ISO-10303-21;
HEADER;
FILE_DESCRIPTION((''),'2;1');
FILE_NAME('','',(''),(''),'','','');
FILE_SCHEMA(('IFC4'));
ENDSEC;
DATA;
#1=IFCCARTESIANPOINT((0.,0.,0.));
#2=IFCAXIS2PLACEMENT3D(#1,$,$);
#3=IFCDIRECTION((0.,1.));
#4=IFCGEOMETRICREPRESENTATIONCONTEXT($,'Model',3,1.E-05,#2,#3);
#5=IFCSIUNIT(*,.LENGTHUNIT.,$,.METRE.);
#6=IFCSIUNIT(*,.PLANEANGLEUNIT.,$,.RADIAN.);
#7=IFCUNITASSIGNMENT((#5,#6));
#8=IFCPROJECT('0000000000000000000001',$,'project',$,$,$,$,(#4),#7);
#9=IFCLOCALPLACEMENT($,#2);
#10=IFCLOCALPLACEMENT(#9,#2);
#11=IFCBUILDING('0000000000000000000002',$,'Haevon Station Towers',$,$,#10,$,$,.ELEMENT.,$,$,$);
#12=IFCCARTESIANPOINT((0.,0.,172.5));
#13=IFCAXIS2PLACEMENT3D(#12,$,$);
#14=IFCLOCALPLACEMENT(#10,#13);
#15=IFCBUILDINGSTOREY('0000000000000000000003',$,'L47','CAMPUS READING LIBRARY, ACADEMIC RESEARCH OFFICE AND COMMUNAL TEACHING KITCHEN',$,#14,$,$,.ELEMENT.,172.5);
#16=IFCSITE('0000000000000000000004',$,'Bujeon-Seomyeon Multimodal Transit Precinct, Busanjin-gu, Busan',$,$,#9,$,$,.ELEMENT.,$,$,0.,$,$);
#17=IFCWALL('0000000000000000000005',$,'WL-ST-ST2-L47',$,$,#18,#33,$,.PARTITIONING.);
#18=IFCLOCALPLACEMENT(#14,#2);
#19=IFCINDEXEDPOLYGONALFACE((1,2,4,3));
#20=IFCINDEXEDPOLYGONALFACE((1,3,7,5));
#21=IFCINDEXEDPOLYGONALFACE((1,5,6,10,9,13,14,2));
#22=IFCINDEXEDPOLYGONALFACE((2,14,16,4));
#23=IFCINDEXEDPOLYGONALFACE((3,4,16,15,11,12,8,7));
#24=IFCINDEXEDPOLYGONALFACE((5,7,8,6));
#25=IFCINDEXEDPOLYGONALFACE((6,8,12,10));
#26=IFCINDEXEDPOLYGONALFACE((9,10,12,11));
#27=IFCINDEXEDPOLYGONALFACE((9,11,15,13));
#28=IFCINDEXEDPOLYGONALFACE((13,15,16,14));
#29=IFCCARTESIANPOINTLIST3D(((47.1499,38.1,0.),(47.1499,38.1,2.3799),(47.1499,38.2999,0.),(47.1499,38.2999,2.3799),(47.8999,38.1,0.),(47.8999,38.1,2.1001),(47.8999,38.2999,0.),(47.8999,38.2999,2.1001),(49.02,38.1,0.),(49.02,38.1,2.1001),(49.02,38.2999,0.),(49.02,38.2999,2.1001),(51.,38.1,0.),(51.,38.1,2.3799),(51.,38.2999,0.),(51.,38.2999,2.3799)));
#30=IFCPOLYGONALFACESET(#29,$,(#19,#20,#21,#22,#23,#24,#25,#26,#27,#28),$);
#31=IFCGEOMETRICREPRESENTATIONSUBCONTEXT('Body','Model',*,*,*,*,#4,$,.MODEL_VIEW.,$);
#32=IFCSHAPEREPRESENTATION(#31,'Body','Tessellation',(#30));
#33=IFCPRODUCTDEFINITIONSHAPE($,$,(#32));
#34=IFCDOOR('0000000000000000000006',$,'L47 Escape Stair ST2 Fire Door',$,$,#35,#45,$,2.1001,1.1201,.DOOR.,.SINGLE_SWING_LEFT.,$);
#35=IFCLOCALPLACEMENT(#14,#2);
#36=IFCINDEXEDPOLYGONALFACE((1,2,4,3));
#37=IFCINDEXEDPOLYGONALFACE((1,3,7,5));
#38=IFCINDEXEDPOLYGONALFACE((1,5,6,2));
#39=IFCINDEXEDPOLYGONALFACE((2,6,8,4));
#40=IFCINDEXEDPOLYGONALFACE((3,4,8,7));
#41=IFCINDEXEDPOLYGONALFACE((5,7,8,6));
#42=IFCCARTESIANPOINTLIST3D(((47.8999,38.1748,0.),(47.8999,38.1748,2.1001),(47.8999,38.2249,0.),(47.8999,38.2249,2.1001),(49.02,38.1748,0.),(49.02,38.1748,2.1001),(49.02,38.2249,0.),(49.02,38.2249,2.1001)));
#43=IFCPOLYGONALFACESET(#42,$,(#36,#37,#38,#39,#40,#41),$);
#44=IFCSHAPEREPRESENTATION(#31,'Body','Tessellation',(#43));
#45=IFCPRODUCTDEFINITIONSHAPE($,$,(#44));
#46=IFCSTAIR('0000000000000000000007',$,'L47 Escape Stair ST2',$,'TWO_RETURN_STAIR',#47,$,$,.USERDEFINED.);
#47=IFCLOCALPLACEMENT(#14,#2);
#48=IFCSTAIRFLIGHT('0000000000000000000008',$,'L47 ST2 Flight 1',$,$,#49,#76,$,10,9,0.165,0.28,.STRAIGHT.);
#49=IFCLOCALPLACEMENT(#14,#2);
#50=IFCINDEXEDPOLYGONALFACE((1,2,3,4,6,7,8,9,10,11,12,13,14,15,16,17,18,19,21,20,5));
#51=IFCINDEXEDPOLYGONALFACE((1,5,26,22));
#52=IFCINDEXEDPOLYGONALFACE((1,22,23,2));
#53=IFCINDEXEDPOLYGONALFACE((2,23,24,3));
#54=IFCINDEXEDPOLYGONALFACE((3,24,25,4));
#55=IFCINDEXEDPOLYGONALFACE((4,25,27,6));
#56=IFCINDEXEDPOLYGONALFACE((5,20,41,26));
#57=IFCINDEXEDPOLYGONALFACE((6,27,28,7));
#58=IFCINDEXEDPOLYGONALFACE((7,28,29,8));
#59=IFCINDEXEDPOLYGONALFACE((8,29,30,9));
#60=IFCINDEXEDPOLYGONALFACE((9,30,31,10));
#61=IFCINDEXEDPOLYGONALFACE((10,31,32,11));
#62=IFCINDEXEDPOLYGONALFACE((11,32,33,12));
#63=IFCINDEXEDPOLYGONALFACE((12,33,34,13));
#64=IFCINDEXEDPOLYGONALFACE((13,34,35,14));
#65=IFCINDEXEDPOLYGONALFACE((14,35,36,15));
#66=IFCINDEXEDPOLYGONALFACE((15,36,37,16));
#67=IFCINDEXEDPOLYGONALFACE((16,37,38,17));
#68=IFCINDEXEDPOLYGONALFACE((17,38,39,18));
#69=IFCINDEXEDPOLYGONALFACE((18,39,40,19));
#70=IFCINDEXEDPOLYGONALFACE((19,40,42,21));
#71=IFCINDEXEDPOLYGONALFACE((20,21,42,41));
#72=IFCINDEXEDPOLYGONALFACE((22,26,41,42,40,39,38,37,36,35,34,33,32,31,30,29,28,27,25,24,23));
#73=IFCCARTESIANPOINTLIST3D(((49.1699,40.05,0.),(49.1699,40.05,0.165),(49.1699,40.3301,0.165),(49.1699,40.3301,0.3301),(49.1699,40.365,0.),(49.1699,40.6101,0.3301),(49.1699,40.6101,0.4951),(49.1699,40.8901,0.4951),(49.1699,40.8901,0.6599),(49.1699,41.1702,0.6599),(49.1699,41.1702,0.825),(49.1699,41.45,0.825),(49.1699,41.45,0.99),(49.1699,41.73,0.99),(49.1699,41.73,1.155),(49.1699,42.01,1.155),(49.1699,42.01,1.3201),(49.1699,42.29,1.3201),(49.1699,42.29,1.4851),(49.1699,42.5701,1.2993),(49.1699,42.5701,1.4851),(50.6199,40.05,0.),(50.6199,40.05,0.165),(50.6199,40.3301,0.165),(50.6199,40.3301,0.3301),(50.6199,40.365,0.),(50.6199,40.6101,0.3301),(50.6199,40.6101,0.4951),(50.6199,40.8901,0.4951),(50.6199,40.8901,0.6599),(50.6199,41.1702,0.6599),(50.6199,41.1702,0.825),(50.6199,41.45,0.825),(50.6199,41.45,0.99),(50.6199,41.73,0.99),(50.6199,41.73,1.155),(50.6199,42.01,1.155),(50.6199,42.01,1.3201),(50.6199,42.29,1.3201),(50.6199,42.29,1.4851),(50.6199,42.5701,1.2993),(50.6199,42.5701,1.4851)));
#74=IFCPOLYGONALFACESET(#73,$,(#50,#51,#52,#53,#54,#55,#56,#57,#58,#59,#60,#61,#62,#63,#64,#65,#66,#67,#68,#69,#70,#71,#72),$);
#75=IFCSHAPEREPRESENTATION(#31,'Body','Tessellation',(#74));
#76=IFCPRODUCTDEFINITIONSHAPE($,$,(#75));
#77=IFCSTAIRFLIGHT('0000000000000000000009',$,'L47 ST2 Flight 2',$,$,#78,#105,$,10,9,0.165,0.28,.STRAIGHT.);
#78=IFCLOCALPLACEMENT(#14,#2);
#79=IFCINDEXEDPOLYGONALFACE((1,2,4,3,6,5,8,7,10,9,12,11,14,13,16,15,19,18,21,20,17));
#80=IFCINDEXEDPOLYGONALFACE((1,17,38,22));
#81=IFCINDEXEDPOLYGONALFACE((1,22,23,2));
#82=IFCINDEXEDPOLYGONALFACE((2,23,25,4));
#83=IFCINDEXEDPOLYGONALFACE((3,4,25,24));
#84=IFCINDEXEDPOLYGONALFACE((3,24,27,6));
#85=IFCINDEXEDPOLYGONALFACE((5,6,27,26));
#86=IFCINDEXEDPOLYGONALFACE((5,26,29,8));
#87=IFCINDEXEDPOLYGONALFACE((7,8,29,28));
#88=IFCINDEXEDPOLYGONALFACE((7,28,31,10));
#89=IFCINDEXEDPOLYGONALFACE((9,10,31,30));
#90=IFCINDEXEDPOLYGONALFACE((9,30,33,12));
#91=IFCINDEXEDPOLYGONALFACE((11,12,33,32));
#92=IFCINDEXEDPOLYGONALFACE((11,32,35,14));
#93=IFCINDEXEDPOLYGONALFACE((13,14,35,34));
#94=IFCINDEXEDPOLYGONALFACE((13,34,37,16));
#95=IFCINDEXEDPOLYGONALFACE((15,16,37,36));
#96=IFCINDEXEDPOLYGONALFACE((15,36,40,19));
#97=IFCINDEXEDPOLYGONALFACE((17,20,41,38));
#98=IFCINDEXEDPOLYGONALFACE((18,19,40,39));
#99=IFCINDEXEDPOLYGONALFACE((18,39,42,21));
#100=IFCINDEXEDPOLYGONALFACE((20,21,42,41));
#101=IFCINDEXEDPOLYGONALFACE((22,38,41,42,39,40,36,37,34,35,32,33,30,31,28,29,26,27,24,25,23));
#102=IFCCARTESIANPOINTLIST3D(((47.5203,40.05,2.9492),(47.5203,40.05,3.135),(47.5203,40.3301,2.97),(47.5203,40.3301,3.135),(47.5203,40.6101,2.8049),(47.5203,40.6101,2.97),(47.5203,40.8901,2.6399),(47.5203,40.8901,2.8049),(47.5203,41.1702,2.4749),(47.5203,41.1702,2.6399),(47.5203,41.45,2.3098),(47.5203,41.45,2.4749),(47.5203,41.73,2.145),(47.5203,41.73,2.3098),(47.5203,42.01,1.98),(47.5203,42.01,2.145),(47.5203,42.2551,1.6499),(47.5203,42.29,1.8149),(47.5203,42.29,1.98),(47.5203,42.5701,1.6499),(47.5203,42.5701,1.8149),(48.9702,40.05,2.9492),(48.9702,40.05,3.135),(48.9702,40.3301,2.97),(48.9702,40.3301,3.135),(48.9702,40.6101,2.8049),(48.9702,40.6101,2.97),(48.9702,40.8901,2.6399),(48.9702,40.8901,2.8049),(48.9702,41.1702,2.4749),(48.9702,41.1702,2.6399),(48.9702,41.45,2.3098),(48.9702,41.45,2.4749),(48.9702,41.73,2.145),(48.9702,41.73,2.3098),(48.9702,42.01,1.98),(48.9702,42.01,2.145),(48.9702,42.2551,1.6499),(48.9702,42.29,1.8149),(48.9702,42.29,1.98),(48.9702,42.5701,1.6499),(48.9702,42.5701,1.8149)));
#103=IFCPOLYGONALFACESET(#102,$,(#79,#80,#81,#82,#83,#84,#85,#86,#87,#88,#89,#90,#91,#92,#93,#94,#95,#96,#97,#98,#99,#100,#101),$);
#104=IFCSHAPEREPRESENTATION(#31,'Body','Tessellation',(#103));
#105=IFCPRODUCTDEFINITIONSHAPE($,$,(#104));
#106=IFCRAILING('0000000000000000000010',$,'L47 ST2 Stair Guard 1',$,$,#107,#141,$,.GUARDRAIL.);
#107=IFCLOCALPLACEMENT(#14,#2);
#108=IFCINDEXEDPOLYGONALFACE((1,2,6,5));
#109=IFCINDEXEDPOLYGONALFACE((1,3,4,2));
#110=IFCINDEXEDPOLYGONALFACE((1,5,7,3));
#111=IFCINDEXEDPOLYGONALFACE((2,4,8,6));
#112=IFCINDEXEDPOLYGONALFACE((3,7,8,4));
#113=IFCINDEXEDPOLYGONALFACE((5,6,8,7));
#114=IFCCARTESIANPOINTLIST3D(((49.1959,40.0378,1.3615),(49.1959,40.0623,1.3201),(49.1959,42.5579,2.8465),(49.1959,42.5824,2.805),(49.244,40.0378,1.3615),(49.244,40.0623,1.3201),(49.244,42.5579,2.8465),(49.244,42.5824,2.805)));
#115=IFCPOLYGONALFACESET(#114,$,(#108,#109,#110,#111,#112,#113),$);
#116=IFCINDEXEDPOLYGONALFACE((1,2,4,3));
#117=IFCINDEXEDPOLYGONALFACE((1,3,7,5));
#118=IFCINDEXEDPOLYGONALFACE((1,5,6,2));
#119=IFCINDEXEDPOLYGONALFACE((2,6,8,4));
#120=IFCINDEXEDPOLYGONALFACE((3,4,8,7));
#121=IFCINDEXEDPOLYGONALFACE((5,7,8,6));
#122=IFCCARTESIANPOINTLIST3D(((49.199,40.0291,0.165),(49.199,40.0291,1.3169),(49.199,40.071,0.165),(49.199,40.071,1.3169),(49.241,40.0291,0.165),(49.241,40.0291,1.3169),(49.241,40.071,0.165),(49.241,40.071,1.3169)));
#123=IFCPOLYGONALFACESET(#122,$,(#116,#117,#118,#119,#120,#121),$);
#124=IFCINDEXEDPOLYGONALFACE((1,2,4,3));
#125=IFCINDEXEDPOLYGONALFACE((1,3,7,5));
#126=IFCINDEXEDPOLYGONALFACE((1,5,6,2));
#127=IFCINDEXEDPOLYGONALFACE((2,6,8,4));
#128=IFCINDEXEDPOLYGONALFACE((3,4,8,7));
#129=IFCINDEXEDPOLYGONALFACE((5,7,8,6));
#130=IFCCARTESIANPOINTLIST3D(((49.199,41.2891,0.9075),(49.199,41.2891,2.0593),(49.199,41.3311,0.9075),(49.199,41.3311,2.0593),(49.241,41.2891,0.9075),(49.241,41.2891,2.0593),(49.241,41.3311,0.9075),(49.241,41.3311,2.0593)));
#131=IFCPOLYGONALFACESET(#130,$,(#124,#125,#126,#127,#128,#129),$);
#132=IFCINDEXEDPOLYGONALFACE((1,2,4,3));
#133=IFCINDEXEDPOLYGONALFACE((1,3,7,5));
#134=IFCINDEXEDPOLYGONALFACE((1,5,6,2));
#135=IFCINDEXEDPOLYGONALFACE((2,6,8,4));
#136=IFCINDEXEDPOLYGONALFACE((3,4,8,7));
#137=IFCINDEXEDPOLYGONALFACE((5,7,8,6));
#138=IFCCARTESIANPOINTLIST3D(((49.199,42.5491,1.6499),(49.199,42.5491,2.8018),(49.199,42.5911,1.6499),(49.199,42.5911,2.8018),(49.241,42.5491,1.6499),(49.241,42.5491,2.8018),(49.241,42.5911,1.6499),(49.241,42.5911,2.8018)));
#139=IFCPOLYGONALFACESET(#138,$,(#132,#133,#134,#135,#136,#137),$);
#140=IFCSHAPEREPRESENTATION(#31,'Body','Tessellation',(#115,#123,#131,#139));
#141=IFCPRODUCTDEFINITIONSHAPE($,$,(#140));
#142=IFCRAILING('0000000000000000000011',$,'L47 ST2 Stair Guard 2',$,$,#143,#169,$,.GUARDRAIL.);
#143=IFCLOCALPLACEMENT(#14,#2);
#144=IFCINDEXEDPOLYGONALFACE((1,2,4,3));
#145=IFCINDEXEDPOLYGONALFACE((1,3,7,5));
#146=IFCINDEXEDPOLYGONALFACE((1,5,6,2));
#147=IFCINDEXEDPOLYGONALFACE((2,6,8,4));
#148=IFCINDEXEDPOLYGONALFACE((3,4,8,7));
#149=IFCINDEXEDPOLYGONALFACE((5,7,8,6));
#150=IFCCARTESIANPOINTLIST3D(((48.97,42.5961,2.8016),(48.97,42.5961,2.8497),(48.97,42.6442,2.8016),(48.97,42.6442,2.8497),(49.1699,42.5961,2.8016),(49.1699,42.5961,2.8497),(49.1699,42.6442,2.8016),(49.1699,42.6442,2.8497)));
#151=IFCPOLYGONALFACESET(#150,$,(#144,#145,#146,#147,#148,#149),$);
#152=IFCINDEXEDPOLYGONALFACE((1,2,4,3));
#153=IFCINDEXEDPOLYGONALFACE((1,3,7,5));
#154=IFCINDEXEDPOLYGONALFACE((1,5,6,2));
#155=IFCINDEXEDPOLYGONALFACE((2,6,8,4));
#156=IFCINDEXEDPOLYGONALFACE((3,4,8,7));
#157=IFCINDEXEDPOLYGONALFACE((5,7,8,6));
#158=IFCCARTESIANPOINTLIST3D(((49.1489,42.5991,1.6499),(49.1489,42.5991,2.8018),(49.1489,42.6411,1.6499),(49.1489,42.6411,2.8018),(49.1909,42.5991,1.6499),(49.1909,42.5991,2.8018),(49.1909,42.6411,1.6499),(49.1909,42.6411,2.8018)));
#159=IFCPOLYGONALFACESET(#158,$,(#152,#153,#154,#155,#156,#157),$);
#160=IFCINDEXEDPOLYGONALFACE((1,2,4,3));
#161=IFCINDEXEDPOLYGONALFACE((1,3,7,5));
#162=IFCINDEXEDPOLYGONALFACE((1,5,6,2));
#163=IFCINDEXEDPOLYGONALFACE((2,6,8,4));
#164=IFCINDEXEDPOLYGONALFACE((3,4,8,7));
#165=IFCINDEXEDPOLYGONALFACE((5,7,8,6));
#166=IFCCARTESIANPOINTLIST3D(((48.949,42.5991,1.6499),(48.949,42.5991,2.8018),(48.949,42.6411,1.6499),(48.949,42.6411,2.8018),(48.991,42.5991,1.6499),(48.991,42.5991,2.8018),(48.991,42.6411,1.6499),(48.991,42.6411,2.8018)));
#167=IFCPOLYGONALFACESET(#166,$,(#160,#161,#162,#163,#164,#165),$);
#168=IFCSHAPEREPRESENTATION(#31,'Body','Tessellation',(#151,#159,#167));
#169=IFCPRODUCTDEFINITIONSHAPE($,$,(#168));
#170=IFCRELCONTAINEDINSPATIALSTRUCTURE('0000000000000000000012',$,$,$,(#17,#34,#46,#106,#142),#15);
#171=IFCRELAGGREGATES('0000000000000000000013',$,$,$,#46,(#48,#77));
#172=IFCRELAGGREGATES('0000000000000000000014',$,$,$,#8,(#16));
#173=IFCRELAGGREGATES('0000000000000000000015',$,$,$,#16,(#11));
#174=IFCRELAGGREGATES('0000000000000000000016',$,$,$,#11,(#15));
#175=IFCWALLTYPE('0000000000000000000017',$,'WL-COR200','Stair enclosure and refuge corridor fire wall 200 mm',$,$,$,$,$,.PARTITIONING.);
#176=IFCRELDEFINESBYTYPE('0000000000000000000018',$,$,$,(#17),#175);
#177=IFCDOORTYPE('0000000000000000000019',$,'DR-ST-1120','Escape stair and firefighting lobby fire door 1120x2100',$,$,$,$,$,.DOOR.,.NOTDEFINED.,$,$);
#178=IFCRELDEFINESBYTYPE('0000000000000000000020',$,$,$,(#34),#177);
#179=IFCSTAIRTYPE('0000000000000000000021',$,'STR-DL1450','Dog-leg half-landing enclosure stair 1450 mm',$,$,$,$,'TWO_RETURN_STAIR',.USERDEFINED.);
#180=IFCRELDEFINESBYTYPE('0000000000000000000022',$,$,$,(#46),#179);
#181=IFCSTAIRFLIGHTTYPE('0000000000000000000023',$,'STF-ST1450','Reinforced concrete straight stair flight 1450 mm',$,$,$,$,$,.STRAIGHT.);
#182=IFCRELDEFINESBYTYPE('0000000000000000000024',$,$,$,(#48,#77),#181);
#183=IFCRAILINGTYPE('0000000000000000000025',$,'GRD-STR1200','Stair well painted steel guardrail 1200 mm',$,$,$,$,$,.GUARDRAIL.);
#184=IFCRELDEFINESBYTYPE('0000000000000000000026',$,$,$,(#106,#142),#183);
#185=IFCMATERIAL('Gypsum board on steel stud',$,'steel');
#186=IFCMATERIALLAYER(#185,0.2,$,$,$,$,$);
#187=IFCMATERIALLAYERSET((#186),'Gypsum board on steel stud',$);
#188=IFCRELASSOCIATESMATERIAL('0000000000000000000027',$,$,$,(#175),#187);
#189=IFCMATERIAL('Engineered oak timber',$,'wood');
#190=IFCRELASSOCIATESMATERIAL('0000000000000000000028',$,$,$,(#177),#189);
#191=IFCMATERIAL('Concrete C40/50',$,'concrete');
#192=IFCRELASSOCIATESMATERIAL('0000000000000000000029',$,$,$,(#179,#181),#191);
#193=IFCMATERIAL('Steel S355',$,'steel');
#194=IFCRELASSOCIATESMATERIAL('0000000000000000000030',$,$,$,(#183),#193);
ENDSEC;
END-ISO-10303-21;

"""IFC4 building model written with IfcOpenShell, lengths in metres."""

from ifc_helpers import new_model, si_unit, direction, frame, frame_2d, origin, origin_2d, place, context, subcontext, project, spatial, polyline, rectangle, outline, extrude, material, layer, layer_set, type_object, element, fill, aggregate, save


model = new_model("IFC4")

# Units and contexts
model_context = context("Model", 3, precision=1e-05, world=origin(), true_north=direction((0.0, 1.0)))
body_context = subcontext(model_context, "Body", "Model", "MODEL_VIEW")
ifc_project = project(units=[si_unit("LENGTHUNIT", "METRE"), si_unit("PLANEANGLEUNIT", "RADIAN")], contexts=[model_context])

# Site, building, storey
site_placement = place(None, origin())
site = spatial("IfcSite", under=ifc_project, at=site_placement, Name="Bujeon-Seomyeon Multimodal Transit Precinct, Busanjin-gu, Busan", CompositionType="ELEMENT", RefElevation=0.0)
building_placement = place(site_placement, origin())
building = spatial("IfcBuilding", under=site, at=building_placement, Name="Haevon Station Towers", CompositionType="ELEMENT")
storey_placement = place(building_placement, frame((0.0, 0.0, 172.5)))
storey = spatial("IfcBuildingStorey", under=building, at=storey_placement, Name="L47", Description="CAMPUS READING LIBRARY, ACADEMIC RESEARCH OFFICE AND COMMUNAL TEACHING KITCHEN", CompositionType="ELEMENT", Elevation=172.5)

# Shared definitions
ifc_material_1 = material(Name="Steel S355", Category="steel")

# Wall, opening, door
ifc_material_2 = material(Name="Gypsum board on steel stud", Category="steel")
ifc_layer = layer(ifc_material_2, 0.2)
ifc_layer_set = layer_set([ifc_layer], Name="Gypsum board on steel stud")
wall_type = type_object("IfcWallType", Name="WL-COR200", Description="Stair enclosure and refuge corridor fire wall 200 mm", PredefinedType="PARTITIONING", material=ifc_layer_set)
wall_placement = place(storey_placement, frame((47.1499, 38.2, 0.0), z_axis=(0.0, 0.0, 1.0), x_axis=(1.0, 0.0, 0.0)))
wall = element("IfcWall", 1, at=wall_placement, inside=storey, type_object=wall_type, Name="WL-ST-ST2-L47", PredefinedType="PARTITIONING", context=body_context, shape_type="SweptSolid", body=[
    extrude(rectangle(XDim=3.8501, YDim=0.2, at=frame_2d((1.925, 0.0))), origin(), (0.0, 0.0, 1.0), 2.3799),
])
opening_placement = place(wall_placement, frame((0.75, 0.0, 0.0)))
opening = element("IfcOpeningElement", 2, at=opening_placement, cuts=wall, PredefinedType="OPENING", context=body_context, shape_type="SweptSolid", body=[
    extrude(rectangle(XDim=1.1201, YDim=2.1001, at=frame_2d((0.5601, 1.05))), frame((0.0, 0.1099, 0.0), z_axis=(0.0, -1.0, 0.0), x_axis=(1.0, 0.0, 0.0)), (0.0, 0.0, 1.0), 0.22),
])
ifc_material_3 = material(Name="Engineered oak timber", Category="wood")
door_type = type_object("IfcDoorType", Name="DR-ST-1120", Description="Escape stair and firefighting lobby fire door 1120x2100", OperationType="NOTDEFINED", PredefinedType="DOOR", material=ifc_material_3)
door_placement = place(opening_placement, origin())
door = element("IfcDoor", 3, at=door_placement, inside=storey, type_object=door_type, Name="L47 Escape Stair ST2 Fire Door", OperationType="SINGLE_SWING_LEFT", OverallHeight=2.1001, OverallWidth=1.1201, PredefinedType="DOOR", context=body_context, shape_type="SweptSolid", body=[
    extrude(rectangle(XDim=1.1201, YDim=2.1001, at=frame_2d((0.5601, 1.05))), frame((0.0, 0.0249, 0.0), z_axis=(0.0, -1.0, 0.0), x_axis=(1.0, 0.0, 0.0)), (0.0, 0.0, 1.0), 0.05),
])
fill(opening, door)

# Stair, stair flights
ifc_material_4 = material(Name="Concrete C40/50", Category="concrete")
stair_type = type_object("IfcStairType", Name="STR-DL1450", Description="Dog-leg half-landing enclosure stair 1450 mm", ElementType="TWO_RETURN_STAIR", PredefinedType="USERDEFINED", material=ifc_material_4)
stair_placement = place(storey_placement, origin())
stair = element("IfcStair", 4, at=stair_placement, inside=storey, type_object=stair_type, Name="L47 Escape Stair ST2", ObjectType="TWO_RETURN_STAIR", PredefinedType="USERDEFINED")
stair_flight_type = type_object("IfcStairFlightType", Name="STF-ST1450", Description="Reinforced concrete straight stair flight 1450 mm", PredefinedType="STRAIGHT", material=ifc_material_4)
stair_flight_1_placement = place(storey_placement, frame((49.895, 40.05, 0.0), z_axis=(0.0, 0.0, 1.0), x_axis=(0.0, 1.0, 0.0)))
stair_flight_1 = element("IfcStairFlight", 5, at=stair_flight_1_placement, type_object=stair_flight_type, Name="L47 ST2 Flight 1", NumberOfRisers=10, NumberOfTreads=9, PredefinedType="STRAIGHT", RiserHeight=0.165, TreadLength=0.28, context=body_context, shape_type="SweptSolid", body=[
    extrude(outline(polyline([(0.0, 0.0), (0.0, 0.165), (0.28, 0.165), (0.28, 0.3301), (0.5601, 0.3301), (0.5601, 0.4951), (0.8401, 0.4951), (0.8401, 0.6599), (1.1201, 0.6599), (1.1201, 0.825), (1.3999, 0.825), (1.3999, 0.99), (1.6799, 0.99), (1.6799, 1.155), (1.96, 1.155), (1.96, 1.3201), (2.24, 1.3201), (2.24, 1.4851), (2.52, 1.4851), (2.52, 1.6499), (2.52, 1.2993), (0.3149, 0.0), (0.0, 0.0)])), frame((0.0, 0.7251, 0.0), z_axis=(0.0, -1.0, 0.0), x_axis=(1.0, 0.0, 0.0)), (0.0, 0.0, 1.0), 1.45),
])
stair_flight_2_placement = place(storey_placement, frame((48.2451, 42.5701, 1.6499), z_axis=(0.0, 0.0, 1.0), x_axis=(0.0, -1.0, 0.0)))
stair_flight_2 = element("IfcStairFlight", 6, at=stair_flight_2_placement, type_object=stair_flight_type, Name="L47 ST2 Flight 2", NumberOfRisers=10, NumberOfTreads=9, PredefinedType="STRAIGHT", RiserHeight=0.165, TreadLength=0.28, context=body_context, shape_type="SweptSolid", body=[
    extrude(outline(polyline([(0.0, 0.0), (0.0, 0.165), (0.28, 0.165), (0.28, 0.3301), (0.5601, 0.3301), (0.5601, 0.4951), (0.8401, 0.4951), (0.8401, 0.6599), (1.1201, 0.6599), (1.1201, 0.825), (1.3999, 0.825), (1.3999, 0.99), (1.6799, 0.99), (1.6799, 1.155), (1.96, 1.155), (1.96, 1.3201), (2.24, 1.3201), (2.24, 1.4851), (2.52, 1.4851), (2.52, 1.6499), (2.52, 1.2993), (0.3149, 0.0), (0.0, 0.0)])), frame((0.0, 0.7251, 0.0), z_axis=(0.0, -1.0, 0.0), x_axis=(1.0, 0.0, 0.0)), (0.0, 0.0, 1.0), 1.45),
])
aggregate(stair, [stair_flight_1, stair_flight_2])

# Railings
railing_type_1 = type_object("IfcRailingType", Name="GRD-STR1200", Description="Stair well painted steel guardrail 1200 mm", PredefinedType="GUARDRAIL", material=ifc_material_1)
railing_1_placement = place(storey_placement, frame((49.22, 40.05, 0.165)))
element("IfcRailing", 7, at=railing_1_placement, inside=storey, type_object=railing_type_1, Name="L47 ST2 Stair Guard 1", PredefinedType="GUARDRAIL", context=body_context, shape_type="SweptSolid", body=[
    extrude(rectangle(XDim=0.0481, YDim=0.0481, at=origin_2d()), frame((0.0, 0.0, 1.1758), z_axis=(0.0, 0.861561, 0.507655), x_axis=(-1.0, 0.0, 0.0)), (0.0, 0.0, 1.0), 2.925),
    extrude(rectangle(XDim=0.042, YDim=0.042, at=origin_2d()), origin(), (0.0, 0.0, 1.0), 1.1519),
    extrude(rectangle(XDim=0.042, YDim=0.042, at=origin_2d()), frame((0.0, 1.26, 0.7424)), (0.0, 0.0, 1.0), 1.1519),
    extrude(rectangle(XDim=0.042, YDim=0.042, at=origin_2d()), frame((0.0, 2.52, 1.4849)), (0.0, 0.0, 1.0), 1.1519),
])
railing_2_placement = place(storey_placement, frame((49.1699, 42.6201, 1.6499)))
element("IfcRailing", 8, at=railing_2_placement, inside=storey, type_object=railing_type_1, Name="L47 ST2 Stair Guard 2", PredefinedType="GUARDRAIL", context=body_context, shape_type="SweptSolid", body=[
    extrude(rectangle(XDim=0.0481, YDim=0.0481, at=origin_2d()), frame((0.0, 0.0, 1.1758), z_axis=(-1.0, 0.0, 0.0), x_axis=(0.0, -1.0, 0.0)), (0.0, 0.0, 1.0), 0.2),
    extrude(rectangle(XDim=0.042, YDim=0.042, at=origin_2d()), origin(), (0.0, 0.0, 1.0), 1.1519),
    extrude(rectangle(XDim=0.042, YDim=0.042, at=origin_2d()), frame((-0.2, 0.0, 0.0)), (0.0, 0.0, 1.0), 1.1519),
])

save(model, "model.ifc")
